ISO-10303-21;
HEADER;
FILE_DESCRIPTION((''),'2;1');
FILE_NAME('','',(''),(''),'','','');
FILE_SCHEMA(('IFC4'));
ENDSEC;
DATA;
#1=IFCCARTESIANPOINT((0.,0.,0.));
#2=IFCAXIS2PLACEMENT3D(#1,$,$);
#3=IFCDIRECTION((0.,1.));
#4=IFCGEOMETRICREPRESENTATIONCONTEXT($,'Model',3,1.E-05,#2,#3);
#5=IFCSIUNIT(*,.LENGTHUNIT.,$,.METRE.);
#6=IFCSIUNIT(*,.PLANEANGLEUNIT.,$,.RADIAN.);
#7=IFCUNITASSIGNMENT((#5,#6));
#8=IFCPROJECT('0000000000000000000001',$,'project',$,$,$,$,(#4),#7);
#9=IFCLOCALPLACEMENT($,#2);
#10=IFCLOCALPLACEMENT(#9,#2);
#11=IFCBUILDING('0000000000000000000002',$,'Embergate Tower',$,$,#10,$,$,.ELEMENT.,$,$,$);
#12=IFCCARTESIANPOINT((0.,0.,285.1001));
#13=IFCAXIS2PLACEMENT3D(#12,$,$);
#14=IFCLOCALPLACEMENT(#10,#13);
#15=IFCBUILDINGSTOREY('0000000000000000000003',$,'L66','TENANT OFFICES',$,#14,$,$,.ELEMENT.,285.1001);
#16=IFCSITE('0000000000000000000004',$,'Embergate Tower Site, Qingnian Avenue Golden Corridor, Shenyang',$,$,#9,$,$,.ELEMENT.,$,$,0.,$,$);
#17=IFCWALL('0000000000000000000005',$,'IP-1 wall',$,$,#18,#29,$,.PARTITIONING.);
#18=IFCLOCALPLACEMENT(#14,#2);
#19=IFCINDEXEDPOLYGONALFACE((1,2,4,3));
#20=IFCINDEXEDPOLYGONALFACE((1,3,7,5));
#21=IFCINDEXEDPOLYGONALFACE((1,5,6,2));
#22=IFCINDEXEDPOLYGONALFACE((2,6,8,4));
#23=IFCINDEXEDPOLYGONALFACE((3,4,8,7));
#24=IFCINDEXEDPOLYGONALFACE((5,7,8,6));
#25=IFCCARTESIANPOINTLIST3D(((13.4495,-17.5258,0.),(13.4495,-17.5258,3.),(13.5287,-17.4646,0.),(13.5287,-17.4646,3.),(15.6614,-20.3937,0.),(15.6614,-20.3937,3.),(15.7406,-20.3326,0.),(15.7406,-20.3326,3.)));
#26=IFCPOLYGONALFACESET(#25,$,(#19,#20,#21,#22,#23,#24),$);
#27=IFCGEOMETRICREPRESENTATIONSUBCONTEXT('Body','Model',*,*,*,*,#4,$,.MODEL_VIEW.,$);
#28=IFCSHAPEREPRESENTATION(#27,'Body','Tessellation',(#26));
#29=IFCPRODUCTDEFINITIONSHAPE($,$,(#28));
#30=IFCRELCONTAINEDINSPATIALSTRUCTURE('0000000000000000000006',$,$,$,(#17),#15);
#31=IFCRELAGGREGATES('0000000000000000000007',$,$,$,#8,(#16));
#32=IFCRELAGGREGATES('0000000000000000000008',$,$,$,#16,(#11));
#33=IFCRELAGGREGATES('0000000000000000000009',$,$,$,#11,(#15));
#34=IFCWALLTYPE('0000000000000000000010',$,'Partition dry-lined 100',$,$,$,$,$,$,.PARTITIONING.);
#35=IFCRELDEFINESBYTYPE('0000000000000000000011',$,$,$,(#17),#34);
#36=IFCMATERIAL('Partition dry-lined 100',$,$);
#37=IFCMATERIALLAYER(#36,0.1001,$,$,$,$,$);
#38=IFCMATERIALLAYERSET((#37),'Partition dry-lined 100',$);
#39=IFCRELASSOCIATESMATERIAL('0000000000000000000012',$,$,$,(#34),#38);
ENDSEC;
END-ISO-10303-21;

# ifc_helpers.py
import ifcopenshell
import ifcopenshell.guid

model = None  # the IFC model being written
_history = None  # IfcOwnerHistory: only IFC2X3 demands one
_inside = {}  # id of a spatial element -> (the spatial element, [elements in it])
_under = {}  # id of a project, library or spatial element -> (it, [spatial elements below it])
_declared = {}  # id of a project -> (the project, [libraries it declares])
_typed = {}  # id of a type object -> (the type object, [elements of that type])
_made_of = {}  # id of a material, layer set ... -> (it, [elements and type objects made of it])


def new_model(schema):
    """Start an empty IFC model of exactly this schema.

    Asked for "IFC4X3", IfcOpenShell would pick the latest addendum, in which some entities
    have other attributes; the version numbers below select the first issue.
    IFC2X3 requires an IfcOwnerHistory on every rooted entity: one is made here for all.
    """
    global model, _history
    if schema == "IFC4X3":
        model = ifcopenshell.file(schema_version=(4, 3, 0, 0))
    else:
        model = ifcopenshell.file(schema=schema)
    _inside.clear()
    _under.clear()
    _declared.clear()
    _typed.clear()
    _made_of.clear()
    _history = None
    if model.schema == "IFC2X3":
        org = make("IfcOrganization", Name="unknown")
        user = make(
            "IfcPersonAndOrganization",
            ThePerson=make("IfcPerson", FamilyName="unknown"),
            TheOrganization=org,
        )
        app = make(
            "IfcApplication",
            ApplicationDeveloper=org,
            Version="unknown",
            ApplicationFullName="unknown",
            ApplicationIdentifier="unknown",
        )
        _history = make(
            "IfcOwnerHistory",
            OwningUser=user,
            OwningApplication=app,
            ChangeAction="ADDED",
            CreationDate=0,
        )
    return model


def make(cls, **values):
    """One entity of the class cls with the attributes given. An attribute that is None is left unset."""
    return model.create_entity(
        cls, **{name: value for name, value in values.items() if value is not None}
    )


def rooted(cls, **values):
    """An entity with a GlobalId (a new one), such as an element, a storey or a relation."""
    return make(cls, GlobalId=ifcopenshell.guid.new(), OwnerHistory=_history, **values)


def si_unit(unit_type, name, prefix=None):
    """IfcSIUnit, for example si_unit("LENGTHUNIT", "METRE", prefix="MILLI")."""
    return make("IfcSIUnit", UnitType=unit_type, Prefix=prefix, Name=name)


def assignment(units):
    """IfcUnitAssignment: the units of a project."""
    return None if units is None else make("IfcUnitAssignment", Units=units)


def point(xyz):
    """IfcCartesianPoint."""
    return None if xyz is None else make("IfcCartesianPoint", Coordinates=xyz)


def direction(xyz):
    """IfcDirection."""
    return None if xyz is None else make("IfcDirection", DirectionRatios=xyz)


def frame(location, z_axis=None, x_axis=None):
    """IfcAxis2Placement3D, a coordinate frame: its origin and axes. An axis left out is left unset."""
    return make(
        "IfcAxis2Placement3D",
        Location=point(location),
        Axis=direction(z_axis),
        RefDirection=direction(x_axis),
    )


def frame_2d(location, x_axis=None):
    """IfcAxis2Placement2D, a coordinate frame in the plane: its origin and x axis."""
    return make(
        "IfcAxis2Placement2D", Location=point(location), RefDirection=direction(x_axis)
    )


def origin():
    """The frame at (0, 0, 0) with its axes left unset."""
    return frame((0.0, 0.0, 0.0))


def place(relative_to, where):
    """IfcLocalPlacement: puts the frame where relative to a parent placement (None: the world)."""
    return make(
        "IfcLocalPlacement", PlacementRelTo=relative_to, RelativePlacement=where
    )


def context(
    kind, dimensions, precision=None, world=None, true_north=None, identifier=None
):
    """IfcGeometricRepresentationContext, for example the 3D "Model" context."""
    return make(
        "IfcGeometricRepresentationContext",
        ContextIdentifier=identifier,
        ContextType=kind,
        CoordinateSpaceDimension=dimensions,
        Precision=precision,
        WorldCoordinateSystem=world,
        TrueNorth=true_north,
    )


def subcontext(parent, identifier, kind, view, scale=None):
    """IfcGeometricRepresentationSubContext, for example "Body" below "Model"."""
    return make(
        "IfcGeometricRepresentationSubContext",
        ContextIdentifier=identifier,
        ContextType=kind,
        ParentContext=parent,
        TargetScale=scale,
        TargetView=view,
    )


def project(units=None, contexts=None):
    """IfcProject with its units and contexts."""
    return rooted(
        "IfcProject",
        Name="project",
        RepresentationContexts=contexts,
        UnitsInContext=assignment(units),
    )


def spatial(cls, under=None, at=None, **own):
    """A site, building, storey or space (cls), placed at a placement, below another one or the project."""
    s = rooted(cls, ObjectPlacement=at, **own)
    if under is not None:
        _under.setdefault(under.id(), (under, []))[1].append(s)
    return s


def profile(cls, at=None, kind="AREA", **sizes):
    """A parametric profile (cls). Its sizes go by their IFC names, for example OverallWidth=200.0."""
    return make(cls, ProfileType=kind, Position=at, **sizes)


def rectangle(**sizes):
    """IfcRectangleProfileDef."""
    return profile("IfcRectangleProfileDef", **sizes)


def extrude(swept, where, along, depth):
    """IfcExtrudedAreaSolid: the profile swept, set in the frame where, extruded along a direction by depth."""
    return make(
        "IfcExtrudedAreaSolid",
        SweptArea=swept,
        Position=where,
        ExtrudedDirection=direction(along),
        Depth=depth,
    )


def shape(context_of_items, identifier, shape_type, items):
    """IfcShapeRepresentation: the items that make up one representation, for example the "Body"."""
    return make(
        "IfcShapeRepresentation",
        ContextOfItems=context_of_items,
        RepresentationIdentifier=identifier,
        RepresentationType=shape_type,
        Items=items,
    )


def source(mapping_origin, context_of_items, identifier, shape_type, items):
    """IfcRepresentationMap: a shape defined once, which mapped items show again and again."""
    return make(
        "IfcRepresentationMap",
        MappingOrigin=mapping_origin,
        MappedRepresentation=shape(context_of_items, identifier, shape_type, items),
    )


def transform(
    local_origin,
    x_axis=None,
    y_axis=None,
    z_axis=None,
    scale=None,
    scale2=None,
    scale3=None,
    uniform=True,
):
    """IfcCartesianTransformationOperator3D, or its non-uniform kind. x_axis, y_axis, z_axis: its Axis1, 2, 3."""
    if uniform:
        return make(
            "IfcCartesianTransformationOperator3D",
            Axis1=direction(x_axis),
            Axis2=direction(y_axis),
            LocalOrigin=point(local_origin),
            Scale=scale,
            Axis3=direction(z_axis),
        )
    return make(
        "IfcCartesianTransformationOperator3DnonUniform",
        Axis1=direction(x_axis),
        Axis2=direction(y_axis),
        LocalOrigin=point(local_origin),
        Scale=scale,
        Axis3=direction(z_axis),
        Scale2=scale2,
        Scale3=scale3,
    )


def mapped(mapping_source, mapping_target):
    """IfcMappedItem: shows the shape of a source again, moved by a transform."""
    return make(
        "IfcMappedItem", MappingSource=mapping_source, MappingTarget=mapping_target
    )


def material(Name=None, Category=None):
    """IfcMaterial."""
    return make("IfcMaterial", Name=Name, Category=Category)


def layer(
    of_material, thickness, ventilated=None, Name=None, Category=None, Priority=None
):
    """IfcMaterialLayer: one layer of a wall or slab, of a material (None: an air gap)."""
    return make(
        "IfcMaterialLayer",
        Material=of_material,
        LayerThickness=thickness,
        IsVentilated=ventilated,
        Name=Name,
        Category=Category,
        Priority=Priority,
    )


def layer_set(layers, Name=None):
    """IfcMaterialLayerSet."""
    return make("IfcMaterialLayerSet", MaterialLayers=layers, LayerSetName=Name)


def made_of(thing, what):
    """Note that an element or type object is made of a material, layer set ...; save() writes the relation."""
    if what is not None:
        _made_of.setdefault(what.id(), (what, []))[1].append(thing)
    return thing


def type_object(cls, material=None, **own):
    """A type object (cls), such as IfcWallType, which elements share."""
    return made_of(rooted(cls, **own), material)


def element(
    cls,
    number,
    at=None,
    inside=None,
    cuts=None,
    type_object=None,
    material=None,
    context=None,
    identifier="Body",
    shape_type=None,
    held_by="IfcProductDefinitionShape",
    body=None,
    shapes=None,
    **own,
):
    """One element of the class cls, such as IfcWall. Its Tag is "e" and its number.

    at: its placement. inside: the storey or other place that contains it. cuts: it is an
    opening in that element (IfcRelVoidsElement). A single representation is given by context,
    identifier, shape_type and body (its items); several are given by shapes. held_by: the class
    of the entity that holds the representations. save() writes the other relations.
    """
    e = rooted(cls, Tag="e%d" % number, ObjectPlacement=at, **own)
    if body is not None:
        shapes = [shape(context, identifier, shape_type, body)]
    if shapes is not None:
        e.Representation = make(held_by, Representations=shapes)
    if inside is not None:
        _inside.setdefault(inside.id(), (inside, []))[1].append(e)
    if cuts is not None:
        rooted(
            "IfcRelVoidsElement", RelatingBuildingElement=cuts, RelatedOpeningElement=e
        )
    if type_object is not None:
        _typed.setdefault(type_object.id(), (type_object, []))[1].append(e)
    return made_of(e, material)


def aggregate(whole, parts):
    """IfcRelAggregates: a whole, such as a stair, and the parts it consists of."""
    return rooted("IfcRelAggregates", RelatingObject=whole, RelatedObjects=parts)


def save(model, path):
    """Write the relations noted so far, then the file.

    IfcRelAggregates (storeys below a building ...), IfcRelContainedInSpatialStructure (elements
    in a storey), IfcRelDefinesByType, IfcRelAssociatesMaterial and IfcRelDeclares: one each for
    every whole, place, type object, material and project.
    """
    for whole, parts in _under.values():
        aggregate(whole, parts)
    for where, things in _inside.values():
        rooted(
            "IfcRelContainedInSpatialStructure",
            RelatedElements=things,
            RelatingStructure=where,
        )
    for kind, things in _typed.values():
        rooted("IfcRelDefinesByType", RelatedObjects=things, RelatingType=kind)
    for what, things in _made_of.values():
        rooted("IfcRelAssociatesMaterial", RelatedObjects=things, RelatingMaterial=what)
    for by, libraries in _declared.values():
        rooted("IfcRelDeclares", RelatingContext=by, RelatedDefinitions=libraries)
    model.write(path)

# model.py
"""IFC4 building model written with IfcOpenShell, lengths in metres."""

from ifc_helpers import new_model, si_unit, direction, frame, frame_2d, origin, place, context, subcontext, project, spatial, rectangle, extrude, source, transform, mapped, material, layer, layer_set, type_object, element, save


model = new_model("IFC4")

# Units and contexts
model_context = context("Model", 3, precision=1e-05, world=origin(), true_north=direction((0.0, 1.0)))
body_context = subcontext(model_context, "Body", "Model", "MODEL_VIEW")
ifc_project = project(units=[si_unit("LENGTHUNIT", "METRE"), si_unit("PLANEANGLEUNIT", "RADIAN")], contexts=[model_context])

# Site, building, storey
site_placement = place(None, origin())
site = spatial("IfcSite", under=ifc_project, at=site_placement, Name="Embergate Tower Site, Qingnian Avenue Golden Corridor, Shenyang", CompositionType="ELEMENT", RefElevation=0.0)
building_placement = place(site_placement, origin())
building = spatial("IfcBuilding", under=site, at=building_placement, Name="Embergate Tower", CompositionType="ELEMENT")
storey_placement = place(building_placement, frame((0.0, 0.0, 285.1001)))
storey = spatial("IfcBuildingStorey", under=building, at=storey_placement, Name="L66", Description="TENANT OFFICES", CompositionType="ELEMENT", Elevation=285.1001)

# Wall
ifc_material_1 = material(Name="Partition dry-lined 100")
ifc_layer_1 = layer(ifc_material_1, 0.1001)
ifc_layer_set_1 = layer_set([ifc_layer_1], Name="Partition dry-lined 100")
wall_type = type_object("IfcWallType", Name="Partition dry-lined 100", PredefinedType="PARTITIONING", material=ifc_layer_set_1)
shared_shape_1 = source(origin(), body_context, "Body", "SweptSolid", [
    extrude(rectangle(XDim=3.6218, YDim=0.1001, at=frame_2d((1.811, 0.0))), origin(), (0.0, 0.0, 1.0), 3.0),
])
wall_1_placement = place(storey_placement, frame((13.489, -17.4951, 0.0), z_axis=(0.0, 0.0, 1.0), x_axis=(0.61072, -0.791847, 0.0)))
element("IfcWall", 1, at=wall_1_placement, inside=storey, type_object=wall_type, Name="IP-1 wall", PredefinedType="PARTITIONING", context=body_context, shape_type="MappedRepresentation", body=[
    mapped(shared_shape_1, transform((0.0, 0.0, 0.0))),
])

save(model, "model.ifc")
